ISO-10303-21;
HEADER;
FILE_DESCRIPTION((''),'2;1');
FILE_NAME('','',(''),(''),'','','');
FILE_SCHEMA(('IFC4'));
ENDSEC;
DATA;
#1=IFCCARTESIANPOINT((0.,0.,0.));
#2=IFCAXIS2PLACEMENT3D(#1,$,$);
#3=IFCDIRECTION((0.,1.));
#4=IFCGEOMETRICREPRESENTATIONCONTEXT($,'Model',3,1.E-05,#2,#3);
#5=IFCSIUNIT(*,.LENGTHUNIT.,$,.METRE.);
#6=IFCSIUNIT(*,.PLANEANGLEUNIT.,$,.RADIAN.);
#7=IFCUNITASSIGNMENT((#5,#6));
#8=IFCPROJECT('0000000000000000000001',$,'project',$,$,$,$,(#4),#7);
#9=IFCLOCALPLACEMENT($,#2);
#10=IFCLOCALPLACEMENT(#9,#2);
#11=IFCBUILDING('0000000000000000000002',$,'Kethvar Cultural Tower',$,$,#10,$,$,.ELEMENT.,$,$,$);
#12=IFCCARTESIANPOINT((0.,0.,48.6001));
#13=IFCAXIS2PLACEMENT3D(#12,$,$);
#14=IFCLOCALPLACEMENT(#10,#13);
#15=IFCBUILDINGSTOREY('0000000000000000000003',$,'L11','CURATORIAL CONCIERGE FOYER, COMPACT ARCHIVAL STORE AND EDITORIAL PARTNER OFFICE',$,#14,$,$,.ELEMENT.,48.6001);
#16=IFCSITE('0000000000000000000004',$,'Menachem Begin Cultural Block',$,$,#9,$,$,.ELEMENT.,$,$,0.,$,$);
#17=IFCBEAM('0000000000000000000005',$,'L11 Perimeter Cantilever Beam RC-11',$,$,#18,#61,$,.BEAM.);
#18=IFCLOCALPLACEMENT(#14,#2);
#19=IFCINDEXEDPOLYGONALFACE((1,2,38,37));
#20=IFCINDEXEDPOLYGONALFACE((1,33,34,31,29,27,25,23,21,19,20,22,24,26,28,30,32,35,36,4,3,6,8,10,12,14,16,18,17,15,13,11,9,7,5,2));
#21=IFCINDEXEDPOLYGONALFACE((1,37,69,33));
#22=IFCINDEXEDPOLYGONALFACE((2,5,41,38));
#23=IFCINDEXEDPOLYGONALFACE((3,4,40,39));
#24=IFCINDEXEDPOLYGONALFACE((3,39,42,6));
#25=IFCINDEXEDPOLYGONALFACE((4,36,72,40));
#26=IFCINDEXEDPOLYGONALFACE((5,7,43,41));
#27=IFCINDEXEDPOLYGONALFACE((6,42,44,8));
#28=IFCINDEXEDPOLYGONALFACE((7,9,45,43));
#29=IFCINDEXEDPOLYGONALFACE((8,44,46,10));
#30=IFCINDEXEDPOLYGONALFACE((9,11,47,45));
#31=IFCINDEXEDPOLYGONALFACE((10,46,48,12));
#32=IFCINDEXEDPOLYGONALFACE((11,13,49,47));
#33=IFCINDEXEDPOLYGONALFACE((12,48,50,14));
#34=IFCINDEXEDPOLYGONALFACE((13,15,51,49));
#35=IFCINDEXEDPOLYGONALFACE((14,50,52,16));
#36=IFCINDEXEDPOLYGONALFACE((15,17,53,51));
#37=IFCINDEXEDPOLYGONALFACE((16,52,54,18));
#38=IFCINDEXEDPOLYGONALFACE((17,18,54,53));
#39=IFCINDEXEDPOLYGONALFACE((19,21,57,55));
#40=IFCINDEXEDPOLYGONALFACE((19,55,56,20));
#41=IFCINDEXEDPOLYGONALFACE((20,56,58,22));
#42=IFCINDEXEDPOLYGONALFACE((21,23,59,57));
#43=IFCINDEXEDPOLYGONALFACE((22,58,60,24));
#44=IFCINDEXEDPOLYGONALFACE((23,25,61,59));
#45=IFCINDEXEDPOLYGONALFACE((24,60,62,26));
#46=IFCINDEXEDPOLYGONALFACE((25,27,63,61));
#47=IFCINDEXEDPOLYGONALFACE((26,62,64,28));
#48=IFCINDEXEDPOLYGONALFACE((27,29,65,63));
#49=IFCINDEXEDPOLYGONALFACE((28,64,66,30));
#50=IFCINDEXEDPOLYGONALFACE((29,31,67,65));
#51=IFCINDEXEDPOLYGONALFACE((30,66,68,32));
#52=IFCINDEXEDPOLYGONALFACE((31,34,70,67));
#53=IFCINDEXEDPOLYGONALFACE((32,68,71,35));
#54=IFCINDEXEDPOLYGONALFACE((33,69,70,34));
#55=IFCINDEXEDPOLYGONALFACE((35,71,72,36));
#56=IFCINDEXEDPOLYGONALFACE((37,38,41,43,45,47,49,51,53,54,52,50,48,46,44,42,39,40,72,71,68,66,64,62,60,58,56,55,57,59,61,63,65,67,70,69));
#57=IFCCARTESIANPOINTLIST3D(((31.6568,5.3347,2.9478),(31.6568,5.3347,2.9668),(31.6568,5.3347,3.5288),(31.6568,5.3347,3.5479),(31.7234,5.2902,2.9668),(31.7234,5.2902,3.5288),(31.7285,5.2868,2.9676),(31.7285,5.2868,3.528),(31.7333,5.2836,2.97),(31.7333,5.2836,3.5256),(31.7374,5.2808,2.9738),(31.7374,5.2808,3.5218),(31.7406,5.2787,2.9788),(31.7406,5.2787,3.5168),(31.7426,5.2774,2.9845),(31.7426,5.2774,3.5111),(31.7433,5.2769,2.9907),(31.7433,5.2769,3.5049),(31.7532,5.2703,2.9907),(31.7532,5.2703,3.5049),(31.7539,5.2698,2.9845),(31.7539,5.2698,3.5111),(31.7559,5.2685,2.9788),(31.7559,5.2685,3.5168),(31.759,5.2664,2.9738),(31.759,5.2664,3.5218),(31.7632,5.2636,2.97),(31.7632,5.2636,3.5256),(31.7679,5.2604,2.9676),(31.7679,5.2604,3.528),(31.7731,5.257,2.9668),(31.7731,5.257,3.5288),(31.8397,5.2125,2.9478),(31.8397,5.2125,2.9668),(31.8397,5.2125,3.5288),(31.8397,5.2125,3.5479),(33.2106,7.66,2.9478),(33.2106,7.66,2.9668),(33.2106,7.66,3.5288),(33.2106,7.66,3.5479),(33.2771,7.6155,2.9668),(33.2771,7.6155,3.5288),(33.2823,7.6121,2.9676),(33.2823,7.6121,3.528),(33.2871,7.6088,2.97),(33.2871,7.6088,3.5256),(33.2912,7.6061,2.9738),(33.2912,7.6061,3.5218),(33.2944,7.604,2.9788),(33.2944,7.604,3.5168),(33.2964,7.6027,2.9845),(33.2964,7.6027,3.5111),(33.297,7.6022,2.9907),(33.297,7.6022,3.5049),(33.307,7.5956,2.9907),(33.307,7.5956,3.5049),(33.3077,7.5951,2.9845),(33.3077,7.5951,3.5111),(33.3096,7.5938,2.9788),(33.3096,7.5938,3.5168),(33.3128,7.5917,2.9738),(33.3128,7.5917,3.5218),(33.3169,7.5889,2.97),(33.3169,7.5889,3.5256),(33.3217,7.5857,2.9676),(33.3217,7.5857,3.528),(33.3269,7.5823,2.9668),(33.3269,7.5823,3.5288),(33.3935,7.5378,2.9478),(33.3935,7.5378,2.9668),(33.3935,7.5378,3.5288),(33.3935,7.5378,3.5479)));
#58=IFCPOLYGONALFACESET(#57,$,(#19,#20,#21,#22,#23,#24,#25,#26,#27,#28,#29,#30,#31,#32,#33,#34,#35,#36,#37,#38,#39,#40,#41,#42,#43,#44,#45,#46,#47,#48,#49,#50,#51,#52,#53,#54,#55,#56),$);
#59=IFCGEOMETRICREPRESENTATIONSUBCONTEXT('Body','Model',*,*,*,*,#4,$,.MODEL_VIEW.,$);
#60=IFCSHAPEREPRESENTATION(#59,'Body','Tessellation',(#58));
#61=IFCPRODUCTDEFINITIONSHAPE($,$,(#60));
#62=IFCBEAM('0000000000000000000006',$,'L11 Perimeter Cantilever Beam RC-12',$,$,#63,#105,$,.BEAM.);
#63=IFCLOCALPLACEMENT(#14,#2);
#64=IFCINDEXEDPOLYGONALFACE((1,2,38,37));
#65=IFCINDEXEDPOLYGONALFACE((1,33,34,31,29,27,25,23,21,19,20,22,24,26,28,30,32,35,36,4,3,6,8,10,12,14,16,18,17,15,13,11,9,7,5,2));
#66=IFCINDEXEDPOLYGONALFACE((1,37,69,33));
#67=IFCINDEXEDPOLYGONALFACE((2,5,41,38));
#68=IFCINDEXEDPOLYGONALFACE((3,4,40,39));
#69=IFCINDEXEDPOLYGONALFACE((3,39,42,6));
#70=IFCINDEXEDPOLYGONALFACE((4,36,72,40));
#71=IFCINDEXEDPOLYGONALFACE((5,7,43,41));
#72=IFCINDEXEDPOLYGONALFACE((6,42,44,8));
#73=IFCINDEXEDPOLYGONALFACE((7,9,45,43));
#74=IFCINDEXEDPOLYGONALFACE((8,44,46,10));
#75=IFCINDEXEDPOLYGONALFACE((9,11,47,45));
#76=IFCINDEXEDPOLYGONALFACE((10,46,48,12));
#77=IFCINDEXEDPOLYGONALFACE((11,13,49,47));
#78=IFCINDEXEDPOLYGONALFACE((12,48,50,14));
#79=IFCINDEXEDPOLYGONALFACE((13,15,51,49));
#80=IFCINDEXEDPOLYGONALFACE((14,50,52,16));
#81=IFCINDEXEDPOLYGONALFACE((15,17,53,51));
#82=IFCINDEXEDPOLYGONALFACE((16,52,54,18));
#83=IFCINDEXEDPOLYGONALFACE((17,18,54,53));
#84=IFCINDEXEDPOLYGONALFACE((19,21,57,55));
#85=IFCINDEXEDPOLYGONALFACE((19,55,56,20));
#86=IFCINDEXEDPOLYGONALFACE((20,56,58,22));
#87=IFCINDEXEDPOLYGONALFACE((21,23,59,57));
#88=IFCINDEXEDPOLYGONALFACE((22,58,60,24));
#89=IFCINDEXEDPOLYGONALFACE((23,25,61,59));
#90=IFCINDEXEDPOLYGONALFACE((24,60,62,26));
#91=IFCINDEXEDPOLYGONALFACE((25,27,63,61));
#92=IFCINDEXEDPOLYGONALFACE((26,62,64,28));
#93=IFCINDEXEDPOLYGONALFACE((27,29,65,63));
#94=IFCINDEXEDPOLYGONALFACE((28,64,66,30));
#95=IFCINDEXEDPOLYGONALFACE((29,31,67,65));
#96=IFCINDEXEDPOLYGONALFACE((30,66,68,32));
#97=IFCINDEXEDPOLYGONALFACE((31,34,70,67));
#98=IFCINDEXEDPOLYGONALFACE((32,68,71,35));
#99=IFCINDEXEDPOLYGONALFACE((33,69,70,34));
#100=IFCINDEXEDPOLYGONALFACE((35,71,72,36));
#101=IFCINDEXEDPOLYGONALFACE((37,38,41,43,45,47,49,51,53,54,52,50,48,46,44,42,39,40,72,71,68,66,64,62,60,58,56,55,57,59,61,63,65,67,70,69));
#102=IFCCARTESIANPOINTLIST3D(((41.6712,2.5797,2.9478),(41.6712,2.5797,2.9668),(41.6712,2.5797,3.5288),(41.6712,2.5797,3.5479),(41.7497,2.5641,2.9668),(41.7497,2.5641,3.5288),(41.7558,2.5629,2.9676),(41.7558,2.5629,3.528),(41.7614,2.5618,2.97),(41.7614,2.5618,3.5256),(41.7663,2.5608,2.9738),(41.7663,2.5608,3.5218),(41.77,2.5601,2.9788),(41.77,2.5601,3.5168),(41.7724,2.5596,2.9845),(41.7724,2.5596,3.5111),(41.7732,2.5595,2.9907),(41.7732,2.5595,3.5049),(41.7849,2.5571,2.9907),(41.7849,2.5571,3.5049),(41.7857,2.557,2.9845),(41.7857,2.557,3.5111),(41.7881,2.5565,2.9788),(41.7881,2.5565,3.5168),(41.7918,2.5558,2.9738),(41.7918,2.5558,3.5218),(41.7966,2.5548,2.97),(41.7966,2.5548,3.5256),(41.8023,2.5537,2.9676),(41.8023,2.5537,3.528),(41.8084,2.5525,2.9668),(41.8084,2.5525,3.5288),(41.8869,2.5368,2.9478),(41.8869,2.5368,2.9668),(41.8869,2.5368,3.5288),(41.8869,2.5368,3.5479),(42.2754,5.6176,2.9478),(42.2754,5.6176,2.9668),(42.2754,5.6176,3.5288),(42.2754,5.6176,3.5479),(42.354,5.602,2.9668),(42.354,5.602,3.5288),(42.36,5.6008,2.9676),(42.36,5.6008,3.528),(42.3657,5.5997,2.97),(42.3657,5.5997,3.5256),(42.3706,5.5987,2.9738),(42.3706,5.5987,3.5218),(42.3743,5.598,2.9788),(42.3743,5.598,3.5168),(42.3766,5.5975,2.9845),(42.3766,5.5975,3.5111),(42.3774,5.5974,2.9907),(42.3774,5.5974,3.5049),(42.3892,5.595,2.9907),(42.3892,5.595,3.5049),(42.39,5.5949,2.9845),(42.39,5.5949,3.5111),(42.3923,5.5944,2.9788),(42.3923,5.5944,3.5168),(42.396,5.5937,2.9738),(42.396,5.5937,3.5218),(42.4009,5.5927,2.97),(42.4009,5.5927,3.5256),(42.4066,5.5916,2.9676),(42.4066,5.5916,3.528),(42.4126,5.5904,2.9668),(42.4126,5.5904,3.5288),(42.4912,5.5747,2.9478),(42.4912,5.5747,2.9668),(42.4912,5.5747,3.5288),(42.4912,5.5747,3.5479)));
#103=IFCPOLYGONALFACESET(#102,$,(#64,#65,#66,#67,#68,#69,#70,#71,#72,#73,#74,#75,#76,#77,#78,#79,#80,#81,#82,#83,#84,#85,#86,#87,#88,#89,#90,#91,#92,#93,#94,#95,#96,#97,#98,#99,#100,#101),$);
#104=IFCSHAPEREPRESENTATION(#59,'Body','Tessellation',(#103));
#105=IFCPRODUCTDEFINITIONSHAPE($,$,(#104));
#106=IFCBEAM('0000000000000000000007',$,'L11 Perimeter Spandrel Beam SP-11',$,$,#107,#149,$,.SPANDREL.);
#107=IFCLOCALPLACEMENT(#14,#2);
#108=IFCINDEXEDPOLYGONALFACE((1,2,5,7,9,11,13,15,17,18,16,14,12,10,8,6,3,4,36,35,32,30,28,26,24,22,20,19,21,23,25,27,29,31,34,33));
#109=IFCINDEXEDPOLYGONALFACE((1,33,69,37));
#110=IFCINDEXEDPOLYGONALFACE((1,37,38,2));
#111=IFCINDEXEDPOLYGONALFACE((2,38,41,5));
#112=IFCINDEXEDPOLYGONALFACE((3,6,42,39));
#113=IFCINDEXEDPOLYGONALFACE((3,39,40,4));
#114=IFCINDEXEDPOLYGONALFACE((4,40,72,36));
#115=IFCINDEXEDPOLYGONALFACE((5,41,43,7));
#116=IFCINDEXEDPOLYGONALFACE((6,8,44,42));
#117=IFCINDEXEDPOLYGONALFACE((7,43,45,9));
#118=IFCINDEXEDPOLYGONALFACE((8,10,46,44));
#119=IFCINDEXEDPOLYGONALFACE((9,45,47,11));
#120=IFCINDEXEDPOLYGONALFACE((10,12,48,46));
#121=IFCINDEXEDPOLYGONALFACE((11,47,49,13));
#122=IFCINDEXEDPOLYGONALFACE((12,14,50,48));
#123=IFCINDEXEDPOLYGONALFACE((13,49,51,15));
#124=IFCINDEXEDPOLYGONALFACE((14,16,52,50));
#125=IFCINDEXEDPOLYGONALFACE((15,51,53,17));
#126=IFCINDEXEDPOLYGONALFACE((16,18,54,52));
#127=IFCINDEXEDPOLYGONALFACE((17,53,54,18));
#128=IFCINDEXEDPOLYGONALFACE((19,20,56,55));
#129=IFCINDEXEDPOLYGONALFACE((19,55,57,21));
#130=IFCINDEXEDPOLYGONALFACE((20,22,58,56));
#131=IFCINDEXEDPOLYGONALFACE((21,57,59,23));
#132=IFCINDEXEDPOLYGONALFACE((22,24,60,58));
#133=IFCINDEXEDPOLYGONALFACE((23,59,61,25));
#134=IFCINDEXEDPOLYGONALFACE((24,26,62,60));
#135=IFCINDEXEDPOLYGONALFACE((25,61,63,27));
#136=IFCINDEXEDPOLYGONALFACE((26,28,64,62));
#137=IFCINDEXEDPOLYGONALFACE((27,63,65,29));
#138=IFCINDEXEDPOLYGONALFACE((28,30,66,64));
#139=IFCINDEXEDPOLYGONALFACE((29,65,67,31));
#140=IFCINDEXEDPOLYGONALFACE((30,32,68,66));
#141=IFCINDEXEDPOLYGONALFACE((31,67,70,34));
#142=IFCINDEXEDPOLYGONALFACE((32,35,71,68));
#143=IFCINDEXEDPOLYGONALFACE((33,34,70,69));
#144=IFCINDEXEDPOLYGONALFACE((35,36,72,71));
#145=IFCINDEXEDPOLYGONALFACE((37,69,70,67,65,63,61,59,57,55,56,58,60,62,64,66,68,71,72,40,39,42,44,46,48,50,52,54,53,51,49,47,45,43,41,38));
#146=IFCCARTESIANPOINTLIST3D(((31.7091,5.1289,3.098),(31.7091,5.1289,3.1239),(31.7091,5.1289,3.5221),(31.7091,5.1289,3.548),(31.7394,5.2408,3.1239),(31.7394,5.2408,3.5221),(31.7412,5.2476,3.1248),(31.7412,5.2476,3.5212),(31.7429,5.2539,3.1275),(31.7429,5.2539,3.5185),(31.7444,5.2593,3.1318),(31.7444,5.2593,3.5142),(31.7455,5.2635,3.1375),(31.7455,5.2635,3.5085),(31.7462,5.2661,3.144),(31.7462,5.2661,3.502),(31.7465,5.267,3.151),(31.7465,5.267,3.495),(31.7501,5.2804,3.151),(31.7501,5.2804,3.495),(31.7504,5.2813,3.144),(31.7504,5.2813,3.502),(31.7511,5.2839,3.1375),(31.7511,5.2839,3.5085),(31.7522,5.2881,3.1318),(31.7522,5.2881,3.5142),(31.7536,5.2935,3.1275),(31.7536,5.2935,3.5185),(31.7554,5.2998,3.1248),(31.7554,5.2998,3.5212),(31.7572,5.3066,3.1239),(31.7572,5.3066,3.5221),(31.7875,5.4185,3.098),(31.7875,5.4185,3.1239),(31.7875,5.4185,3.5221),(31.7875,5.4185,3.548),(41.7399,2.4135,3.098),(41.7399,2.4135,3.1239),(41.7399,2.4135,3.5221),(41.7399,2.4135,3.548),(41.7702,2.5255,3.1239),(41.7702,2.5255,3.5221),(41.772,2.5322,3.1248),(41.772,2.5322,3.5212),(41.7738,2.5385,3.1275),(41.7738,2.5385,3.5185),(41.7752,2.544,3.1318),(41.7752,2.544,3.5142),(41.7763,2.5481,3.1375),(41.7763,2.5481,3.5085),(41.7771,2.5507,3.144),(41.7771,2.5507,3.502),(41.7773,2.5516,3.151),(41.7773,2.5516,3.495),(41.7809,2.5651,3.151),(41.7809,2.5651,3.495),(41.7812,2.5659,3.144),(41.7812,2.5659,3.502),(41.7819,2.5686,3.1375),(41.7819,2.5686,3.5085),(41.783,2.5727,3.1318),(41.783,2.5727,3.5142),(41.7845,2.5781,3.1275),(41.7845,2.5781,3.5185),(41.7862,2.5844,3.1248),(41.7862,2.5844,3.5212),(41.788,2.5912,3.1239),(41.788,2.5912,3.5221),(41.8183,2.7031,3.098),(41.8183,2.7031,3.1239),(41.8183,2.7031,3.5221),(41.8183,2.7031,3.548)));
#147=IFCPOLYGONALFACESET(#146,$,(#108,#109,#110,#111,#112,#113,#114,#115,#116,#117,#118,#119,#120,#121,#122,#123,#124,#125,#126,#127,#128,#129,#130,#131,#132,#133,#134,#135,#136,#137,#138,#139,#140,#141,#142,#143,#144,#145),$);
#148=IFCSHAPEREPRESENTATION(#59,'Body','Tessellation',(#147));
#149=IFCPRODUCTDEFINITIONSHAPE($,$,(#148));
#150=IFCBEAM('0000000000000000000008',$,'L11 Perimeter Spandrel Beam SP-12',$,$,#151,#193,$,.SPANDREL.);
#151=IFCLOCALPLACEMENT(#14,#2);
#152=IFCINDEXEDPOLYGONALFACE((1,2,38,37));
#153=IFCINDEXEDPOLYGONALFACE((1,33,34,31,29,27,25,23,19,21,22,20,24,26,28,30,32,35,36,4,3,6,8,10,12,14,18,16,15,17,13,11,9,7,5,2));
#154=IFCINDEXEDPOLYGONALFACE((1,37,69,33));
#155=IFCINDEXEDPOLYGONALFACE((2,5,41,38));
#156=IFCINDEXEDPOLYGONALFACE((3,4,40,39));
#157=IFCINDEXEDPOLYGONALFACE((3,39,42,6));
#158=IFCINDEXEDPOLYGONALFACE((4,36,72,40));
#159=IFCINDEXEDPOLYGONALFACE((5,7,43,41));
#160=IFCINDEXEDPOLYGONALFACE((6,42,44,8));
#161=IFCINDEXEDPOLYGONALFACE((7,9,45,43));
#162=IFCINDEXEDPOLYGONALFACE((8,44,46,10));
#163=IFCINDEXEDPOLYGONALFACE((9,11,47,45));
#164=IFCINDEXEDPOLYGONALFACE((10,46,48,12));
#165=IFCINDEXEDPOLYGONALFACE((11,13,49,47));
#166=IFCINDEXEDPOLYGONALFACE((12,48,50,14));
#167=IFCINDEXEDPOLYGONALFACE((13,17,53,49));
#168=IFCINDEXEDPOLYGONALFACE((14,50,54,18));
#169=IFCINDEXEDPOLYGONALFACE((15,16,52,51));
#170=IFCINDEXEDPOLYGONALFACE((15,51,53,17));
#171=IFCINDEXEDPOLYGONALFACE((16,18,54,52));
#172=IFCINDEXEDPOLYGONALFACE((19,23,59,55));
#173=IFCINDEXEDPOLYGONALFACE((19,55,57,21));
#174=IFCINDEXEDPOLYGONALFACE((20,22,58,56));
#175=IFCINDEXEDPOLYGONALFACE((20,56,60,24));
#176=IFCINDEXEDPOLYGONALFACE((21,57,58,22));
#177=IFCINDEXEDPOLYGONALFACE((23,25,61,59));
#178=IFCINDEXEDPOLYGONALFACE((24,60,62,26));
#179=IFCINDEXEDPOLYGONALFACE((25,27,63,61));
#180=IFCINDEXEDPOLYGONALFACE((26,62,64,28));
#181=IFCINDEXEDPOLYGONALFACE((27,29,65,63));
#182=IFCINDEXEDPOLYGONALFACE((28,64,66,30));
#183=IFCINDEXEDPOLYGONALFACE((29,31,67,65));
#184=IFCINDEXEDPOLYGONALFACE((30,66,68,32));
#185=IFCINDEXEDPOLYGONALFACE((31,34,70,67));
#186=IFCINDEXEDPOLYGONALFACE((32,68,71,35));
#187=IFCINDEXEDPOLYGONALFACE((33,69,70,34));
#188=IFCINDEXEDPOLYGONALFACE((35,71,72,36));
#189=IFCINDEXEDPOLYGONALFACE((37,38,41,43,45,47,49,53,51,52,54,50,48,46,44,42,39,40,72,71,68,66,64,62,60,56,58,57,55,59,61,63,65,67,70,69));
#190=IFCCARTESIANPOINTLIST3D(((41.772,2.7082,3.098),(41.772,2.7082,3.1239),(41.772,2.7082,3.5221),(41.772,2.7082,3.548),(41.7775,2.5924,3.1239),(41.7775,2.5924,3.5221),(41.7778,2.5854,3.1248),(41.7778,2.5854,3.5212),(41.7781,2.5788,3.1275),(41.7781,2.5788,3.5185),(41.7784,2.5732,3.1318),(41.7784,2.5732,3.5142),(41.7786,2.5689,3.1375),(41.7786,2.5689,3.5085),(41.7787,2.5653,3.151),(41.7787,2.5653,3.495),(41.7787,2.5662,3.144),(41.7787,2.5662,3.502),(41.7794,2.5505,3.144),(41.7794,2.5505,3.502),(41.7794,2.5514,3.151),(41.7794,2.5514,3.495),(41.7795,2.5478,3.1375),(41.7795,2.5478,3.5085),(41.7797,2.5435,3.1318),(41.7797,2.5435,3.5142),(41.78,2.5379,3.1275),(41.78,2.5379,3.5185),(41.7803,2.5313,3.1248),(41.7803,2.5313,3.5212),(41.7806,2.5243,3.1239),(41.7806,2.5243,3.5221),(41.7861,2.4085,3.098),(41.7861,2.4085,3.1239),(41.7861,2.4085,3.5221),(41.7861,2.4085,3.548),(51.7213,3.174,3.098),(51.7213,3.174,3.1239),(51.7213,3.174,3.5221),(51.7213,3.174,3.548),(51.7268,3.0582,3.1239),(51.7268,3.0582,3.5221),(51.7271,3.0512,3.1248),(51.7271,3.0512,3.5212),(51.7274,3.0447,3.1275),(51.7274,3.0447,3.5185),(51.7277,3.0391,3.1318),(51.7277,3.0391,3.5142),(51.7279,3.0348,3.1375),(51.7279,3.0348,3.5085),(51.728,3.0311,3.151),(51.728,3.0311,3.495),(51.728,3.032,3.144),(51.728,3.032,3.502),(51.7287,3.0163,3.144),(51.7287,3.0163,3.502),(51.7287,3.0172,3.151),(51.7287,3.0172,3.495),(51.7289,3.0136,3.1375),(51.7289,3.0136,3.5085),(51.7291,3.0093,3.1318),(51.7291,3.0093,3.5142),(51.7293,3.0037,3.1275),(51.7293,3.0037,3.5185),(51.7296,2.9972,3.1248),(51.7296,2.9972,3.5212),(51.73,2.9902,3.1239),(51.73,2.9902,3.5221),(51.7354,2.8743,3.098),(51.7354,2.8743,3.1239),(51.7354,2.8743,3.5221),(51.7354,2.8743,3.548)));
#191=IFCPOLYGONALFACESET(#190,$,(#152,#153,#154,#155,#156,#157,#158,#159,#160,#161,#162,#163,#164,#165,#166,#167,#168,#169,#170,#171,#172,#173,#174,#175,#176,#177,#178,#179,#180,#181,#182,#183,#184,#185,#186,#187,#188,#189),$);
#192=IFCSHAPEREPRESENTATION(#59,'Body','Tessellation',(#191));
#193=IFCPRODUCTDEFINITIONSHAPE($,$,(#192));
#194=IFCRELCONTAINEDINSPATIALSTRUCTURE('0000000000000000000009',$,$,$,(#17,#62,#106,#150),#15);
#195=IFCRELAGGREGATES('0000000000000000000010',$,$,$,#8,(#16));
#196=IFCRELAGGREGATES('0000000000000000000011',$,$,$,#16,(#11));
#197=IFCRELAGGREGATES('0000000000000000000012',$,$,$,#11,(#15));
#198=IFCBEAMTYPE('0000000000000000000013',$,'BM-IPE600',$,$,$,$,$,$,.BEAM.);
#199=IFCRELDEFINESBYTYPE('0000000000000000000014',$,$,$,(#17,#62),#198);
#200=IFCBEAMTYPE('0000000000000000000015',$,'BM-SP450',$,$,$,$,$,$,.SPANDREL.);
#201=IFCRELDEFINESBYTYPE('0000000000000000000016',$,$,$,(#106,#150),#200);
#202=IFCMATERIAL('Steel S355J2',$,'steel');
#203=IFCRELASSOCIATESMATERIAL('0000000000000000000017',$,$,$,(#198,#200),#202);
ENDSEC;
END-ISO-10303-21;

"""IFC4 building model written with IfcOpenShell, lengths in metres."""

from ifc_helpers import new_model, si_unit, direction, frame, origin, origin_2d, place, context, subcontext, project, spatial, i_section, extrude, source, transform, mapped, material, material_profile, profile_set, type_object, element, save


model = new_model("IFC4")

# Units and contexts
model_context = context("Model", 3, precision=1e-05, world=origin(), true_north=direction((0.0, 1.0)))
body_context = subcontext(model_context, "Body", "Model", "MODEL_VIEW")
ifc_project = project(units=[si_unit("LENGTHUNIT", "METRE"), si_unit("PLANEANGLEUNIT", "RADIAN")], contexts=[model_context])

# Site, building, storey
site_placement = place(None, origin())
site = spatial("IfcSite", under=ifc_project, at=site_placement, Name="Menachem Begin Cultural Block", CompositionType="ELEMENT", RefElevation=0.0)
building_placement = place(site_placement, origin())
building = spatial("IfcBuilding", under=site, at=building_placement, Name="Kethvar Cultural Tower", CompositionType="ELEMENT")
storey_placement = place(building_placement, frame((0.0, 0.0, 48.6001)))
storey = spatial("IfcBuildingStorey", under=building, at=storey_placement, Name="L11", Description="CURATORIAL CONCIERGE FOYER, COMPACT ARCHIVAL STORE AND EDITORIAL PARTNER OFFICE", CompositionType="ELEMENT", Elevation=48.6001)

# Beams
ifc_material_1 = material(Name="Steel S355J2", Category="steel")
ifc_material_profile_1 = material_profile(ifc_material_1, i_section(OverallWidth=0.22, OverallDepth=0.6001, WebThickness=0.012, FlangeThickness=0.019, FilletRadius=0.0239, at=origin_2d()), Name="Steel S355J2 — IPE600")
ifc_profile_set_1 = profile_set([ifc_material_profile_1], Name="Steel S355J2 — IPE600")
beam_type_1 = type_object("IfcBeamType", Name="BM-IPE600", PredefinedType="BEAM", material=ifc_profile_set_1)
shared_shape_1 = source(origin(), body_context, "Body", "SweptSolid", [
    extrude(i_section(OverallWidth=0.22, OverallDepth=0.6001, WebThickness=0.012, FlangeThickness=0.019, FilletRadius=0.0239, at=origin_2d()), origin(), (0.0, 0.0, 1.0), 2.7966),
])
beam_1_placement = place(storey_placement, frame((33.302, 7.5989, 3.2478), z_axis=(-0.555586, -0.831459, 0.0), x_axis=(0.831459, -0.555586, 0.0)))
element("IfcBeam", 1, at=beam_1_placement, inside=storey, type_object=beam_type_1, Name="L11 Perimeter Cantilever Beam RC-11", PredefinedType="BEAM", context=body_context, shape_type="MappedRepresentation", body=[
    mapped(shared_shape_1, transform((0.0, 0.0, 0.0), scale=1.0)),
])
shared_shape_2 = source(origin(), body_context, "Body", "SweptSolid", [
    extrude(i_section(OverallWidth=0.22, OverallDepth=0.6001, WebThickness=0.012, FlangeThickness=0.019, FilletRadius=0.0239, at=origin_2d()), origin(), (0.0, 0.0, 1.0), 3.0974),
])
beam_2_placement = place(storey_placement, frame((42.3833, 5.5962, 3.2478), z_axis=(-0.195085, -0.980786, 0.0), x_axis=(0.980786, -0.195085, 0.0)))
element("IfcBeam", 2, at=beam_2_placement, inside=storey, type_object=beam_type_1, Name="L11 Perimeter Cantilever Beam RC-12", PredefinedType="BEAM", context=body_context, shape_type="MappedRepresentation", body=[
    mapped(shared_shape_2, transform((0.0, 0.0, 0.0), scale=1.0)),
])
ifc_material_profile_2 = material_profile(ifc_material_1, i_section(OverallWidth=0.3, OverallDepth=0.45, WebThickness=0.0139, FlangeThickness=0.0259, FilletRadius=0.0271, at=origin_2d()), Name="Steel S355J2 — HEB450")
ifc_profile_set_2 = profile_set([ifc_material_profile_2], Name="Steel S355J2 — HEB450")
beam_type_2 = type_object("IfcBeamType", Name="BM-SP450", PredefinedType="SPANDREL", material=ifc_profile_set_2)
shared_shape_3 = source(origin(), body_context, "Body", "SweptSolid", [
    extrude(i_section(OverallWidth=0.3, OverallDepth=0.45, WebThickness=0.0139, FlangeThickness=0.0259, FilletRadius=0.0271, at=origin_2d()), origin(), (0.0, 0.0, 1.0), 10.3918),
])
beam_3_placement = place(storey_placement, frame((31.7483, 5.2737, 3.323), z_axis=(0.965259, -0.261296, 0.0), x_axis=(0.261296, 0.965259, 0.0)))
element("IfcBeam", 3, at=beam_3_placement, inside=storey, type_object=beam_type_2, Name="L11 Perimeter Spandrel Beam SP-11", PredefinedType="SPANDREL", context=body_context, shape_type="MappedRepresentation", body=[
    mapped(shared_shape_3, transform((0.0, 0.0, 0.0), scale=1.0)),
])
shared_shape_4 = source(origin(), body_context, "Body", "SweptSolid", [
    extrude(i_section(OverallWidth=0.3, OverallDepth=0.45, WebThickness=0.0139, FlangeThickness=0.0259, FilletRadius=0.0271, at=origin_2d()), origin(), (0.0, 0.0, 1.0), 9.9602),
])
beam_4_placement = place(storey_placement, frame((41.7791, 2.5583, 3.323), z_axis=(0.998906, 0.046769, 0.0), x_axis=(-0.046769, 0.998906, 0.0)))
element("IfcBeam", 4, at=beam_4_placement, inside=storey, type_object=beam_type_2, Name="L11 Perimeter Spandrel Beam SP-12", PredefinedType="SPANDREL", context=body_context, shape_type="MappedRepresentation", body=[
    mapped(shared_shape_4, transform((0.0, 0.0, 0.0), scale=1.0)),
])

save(model, "model.ifc")
